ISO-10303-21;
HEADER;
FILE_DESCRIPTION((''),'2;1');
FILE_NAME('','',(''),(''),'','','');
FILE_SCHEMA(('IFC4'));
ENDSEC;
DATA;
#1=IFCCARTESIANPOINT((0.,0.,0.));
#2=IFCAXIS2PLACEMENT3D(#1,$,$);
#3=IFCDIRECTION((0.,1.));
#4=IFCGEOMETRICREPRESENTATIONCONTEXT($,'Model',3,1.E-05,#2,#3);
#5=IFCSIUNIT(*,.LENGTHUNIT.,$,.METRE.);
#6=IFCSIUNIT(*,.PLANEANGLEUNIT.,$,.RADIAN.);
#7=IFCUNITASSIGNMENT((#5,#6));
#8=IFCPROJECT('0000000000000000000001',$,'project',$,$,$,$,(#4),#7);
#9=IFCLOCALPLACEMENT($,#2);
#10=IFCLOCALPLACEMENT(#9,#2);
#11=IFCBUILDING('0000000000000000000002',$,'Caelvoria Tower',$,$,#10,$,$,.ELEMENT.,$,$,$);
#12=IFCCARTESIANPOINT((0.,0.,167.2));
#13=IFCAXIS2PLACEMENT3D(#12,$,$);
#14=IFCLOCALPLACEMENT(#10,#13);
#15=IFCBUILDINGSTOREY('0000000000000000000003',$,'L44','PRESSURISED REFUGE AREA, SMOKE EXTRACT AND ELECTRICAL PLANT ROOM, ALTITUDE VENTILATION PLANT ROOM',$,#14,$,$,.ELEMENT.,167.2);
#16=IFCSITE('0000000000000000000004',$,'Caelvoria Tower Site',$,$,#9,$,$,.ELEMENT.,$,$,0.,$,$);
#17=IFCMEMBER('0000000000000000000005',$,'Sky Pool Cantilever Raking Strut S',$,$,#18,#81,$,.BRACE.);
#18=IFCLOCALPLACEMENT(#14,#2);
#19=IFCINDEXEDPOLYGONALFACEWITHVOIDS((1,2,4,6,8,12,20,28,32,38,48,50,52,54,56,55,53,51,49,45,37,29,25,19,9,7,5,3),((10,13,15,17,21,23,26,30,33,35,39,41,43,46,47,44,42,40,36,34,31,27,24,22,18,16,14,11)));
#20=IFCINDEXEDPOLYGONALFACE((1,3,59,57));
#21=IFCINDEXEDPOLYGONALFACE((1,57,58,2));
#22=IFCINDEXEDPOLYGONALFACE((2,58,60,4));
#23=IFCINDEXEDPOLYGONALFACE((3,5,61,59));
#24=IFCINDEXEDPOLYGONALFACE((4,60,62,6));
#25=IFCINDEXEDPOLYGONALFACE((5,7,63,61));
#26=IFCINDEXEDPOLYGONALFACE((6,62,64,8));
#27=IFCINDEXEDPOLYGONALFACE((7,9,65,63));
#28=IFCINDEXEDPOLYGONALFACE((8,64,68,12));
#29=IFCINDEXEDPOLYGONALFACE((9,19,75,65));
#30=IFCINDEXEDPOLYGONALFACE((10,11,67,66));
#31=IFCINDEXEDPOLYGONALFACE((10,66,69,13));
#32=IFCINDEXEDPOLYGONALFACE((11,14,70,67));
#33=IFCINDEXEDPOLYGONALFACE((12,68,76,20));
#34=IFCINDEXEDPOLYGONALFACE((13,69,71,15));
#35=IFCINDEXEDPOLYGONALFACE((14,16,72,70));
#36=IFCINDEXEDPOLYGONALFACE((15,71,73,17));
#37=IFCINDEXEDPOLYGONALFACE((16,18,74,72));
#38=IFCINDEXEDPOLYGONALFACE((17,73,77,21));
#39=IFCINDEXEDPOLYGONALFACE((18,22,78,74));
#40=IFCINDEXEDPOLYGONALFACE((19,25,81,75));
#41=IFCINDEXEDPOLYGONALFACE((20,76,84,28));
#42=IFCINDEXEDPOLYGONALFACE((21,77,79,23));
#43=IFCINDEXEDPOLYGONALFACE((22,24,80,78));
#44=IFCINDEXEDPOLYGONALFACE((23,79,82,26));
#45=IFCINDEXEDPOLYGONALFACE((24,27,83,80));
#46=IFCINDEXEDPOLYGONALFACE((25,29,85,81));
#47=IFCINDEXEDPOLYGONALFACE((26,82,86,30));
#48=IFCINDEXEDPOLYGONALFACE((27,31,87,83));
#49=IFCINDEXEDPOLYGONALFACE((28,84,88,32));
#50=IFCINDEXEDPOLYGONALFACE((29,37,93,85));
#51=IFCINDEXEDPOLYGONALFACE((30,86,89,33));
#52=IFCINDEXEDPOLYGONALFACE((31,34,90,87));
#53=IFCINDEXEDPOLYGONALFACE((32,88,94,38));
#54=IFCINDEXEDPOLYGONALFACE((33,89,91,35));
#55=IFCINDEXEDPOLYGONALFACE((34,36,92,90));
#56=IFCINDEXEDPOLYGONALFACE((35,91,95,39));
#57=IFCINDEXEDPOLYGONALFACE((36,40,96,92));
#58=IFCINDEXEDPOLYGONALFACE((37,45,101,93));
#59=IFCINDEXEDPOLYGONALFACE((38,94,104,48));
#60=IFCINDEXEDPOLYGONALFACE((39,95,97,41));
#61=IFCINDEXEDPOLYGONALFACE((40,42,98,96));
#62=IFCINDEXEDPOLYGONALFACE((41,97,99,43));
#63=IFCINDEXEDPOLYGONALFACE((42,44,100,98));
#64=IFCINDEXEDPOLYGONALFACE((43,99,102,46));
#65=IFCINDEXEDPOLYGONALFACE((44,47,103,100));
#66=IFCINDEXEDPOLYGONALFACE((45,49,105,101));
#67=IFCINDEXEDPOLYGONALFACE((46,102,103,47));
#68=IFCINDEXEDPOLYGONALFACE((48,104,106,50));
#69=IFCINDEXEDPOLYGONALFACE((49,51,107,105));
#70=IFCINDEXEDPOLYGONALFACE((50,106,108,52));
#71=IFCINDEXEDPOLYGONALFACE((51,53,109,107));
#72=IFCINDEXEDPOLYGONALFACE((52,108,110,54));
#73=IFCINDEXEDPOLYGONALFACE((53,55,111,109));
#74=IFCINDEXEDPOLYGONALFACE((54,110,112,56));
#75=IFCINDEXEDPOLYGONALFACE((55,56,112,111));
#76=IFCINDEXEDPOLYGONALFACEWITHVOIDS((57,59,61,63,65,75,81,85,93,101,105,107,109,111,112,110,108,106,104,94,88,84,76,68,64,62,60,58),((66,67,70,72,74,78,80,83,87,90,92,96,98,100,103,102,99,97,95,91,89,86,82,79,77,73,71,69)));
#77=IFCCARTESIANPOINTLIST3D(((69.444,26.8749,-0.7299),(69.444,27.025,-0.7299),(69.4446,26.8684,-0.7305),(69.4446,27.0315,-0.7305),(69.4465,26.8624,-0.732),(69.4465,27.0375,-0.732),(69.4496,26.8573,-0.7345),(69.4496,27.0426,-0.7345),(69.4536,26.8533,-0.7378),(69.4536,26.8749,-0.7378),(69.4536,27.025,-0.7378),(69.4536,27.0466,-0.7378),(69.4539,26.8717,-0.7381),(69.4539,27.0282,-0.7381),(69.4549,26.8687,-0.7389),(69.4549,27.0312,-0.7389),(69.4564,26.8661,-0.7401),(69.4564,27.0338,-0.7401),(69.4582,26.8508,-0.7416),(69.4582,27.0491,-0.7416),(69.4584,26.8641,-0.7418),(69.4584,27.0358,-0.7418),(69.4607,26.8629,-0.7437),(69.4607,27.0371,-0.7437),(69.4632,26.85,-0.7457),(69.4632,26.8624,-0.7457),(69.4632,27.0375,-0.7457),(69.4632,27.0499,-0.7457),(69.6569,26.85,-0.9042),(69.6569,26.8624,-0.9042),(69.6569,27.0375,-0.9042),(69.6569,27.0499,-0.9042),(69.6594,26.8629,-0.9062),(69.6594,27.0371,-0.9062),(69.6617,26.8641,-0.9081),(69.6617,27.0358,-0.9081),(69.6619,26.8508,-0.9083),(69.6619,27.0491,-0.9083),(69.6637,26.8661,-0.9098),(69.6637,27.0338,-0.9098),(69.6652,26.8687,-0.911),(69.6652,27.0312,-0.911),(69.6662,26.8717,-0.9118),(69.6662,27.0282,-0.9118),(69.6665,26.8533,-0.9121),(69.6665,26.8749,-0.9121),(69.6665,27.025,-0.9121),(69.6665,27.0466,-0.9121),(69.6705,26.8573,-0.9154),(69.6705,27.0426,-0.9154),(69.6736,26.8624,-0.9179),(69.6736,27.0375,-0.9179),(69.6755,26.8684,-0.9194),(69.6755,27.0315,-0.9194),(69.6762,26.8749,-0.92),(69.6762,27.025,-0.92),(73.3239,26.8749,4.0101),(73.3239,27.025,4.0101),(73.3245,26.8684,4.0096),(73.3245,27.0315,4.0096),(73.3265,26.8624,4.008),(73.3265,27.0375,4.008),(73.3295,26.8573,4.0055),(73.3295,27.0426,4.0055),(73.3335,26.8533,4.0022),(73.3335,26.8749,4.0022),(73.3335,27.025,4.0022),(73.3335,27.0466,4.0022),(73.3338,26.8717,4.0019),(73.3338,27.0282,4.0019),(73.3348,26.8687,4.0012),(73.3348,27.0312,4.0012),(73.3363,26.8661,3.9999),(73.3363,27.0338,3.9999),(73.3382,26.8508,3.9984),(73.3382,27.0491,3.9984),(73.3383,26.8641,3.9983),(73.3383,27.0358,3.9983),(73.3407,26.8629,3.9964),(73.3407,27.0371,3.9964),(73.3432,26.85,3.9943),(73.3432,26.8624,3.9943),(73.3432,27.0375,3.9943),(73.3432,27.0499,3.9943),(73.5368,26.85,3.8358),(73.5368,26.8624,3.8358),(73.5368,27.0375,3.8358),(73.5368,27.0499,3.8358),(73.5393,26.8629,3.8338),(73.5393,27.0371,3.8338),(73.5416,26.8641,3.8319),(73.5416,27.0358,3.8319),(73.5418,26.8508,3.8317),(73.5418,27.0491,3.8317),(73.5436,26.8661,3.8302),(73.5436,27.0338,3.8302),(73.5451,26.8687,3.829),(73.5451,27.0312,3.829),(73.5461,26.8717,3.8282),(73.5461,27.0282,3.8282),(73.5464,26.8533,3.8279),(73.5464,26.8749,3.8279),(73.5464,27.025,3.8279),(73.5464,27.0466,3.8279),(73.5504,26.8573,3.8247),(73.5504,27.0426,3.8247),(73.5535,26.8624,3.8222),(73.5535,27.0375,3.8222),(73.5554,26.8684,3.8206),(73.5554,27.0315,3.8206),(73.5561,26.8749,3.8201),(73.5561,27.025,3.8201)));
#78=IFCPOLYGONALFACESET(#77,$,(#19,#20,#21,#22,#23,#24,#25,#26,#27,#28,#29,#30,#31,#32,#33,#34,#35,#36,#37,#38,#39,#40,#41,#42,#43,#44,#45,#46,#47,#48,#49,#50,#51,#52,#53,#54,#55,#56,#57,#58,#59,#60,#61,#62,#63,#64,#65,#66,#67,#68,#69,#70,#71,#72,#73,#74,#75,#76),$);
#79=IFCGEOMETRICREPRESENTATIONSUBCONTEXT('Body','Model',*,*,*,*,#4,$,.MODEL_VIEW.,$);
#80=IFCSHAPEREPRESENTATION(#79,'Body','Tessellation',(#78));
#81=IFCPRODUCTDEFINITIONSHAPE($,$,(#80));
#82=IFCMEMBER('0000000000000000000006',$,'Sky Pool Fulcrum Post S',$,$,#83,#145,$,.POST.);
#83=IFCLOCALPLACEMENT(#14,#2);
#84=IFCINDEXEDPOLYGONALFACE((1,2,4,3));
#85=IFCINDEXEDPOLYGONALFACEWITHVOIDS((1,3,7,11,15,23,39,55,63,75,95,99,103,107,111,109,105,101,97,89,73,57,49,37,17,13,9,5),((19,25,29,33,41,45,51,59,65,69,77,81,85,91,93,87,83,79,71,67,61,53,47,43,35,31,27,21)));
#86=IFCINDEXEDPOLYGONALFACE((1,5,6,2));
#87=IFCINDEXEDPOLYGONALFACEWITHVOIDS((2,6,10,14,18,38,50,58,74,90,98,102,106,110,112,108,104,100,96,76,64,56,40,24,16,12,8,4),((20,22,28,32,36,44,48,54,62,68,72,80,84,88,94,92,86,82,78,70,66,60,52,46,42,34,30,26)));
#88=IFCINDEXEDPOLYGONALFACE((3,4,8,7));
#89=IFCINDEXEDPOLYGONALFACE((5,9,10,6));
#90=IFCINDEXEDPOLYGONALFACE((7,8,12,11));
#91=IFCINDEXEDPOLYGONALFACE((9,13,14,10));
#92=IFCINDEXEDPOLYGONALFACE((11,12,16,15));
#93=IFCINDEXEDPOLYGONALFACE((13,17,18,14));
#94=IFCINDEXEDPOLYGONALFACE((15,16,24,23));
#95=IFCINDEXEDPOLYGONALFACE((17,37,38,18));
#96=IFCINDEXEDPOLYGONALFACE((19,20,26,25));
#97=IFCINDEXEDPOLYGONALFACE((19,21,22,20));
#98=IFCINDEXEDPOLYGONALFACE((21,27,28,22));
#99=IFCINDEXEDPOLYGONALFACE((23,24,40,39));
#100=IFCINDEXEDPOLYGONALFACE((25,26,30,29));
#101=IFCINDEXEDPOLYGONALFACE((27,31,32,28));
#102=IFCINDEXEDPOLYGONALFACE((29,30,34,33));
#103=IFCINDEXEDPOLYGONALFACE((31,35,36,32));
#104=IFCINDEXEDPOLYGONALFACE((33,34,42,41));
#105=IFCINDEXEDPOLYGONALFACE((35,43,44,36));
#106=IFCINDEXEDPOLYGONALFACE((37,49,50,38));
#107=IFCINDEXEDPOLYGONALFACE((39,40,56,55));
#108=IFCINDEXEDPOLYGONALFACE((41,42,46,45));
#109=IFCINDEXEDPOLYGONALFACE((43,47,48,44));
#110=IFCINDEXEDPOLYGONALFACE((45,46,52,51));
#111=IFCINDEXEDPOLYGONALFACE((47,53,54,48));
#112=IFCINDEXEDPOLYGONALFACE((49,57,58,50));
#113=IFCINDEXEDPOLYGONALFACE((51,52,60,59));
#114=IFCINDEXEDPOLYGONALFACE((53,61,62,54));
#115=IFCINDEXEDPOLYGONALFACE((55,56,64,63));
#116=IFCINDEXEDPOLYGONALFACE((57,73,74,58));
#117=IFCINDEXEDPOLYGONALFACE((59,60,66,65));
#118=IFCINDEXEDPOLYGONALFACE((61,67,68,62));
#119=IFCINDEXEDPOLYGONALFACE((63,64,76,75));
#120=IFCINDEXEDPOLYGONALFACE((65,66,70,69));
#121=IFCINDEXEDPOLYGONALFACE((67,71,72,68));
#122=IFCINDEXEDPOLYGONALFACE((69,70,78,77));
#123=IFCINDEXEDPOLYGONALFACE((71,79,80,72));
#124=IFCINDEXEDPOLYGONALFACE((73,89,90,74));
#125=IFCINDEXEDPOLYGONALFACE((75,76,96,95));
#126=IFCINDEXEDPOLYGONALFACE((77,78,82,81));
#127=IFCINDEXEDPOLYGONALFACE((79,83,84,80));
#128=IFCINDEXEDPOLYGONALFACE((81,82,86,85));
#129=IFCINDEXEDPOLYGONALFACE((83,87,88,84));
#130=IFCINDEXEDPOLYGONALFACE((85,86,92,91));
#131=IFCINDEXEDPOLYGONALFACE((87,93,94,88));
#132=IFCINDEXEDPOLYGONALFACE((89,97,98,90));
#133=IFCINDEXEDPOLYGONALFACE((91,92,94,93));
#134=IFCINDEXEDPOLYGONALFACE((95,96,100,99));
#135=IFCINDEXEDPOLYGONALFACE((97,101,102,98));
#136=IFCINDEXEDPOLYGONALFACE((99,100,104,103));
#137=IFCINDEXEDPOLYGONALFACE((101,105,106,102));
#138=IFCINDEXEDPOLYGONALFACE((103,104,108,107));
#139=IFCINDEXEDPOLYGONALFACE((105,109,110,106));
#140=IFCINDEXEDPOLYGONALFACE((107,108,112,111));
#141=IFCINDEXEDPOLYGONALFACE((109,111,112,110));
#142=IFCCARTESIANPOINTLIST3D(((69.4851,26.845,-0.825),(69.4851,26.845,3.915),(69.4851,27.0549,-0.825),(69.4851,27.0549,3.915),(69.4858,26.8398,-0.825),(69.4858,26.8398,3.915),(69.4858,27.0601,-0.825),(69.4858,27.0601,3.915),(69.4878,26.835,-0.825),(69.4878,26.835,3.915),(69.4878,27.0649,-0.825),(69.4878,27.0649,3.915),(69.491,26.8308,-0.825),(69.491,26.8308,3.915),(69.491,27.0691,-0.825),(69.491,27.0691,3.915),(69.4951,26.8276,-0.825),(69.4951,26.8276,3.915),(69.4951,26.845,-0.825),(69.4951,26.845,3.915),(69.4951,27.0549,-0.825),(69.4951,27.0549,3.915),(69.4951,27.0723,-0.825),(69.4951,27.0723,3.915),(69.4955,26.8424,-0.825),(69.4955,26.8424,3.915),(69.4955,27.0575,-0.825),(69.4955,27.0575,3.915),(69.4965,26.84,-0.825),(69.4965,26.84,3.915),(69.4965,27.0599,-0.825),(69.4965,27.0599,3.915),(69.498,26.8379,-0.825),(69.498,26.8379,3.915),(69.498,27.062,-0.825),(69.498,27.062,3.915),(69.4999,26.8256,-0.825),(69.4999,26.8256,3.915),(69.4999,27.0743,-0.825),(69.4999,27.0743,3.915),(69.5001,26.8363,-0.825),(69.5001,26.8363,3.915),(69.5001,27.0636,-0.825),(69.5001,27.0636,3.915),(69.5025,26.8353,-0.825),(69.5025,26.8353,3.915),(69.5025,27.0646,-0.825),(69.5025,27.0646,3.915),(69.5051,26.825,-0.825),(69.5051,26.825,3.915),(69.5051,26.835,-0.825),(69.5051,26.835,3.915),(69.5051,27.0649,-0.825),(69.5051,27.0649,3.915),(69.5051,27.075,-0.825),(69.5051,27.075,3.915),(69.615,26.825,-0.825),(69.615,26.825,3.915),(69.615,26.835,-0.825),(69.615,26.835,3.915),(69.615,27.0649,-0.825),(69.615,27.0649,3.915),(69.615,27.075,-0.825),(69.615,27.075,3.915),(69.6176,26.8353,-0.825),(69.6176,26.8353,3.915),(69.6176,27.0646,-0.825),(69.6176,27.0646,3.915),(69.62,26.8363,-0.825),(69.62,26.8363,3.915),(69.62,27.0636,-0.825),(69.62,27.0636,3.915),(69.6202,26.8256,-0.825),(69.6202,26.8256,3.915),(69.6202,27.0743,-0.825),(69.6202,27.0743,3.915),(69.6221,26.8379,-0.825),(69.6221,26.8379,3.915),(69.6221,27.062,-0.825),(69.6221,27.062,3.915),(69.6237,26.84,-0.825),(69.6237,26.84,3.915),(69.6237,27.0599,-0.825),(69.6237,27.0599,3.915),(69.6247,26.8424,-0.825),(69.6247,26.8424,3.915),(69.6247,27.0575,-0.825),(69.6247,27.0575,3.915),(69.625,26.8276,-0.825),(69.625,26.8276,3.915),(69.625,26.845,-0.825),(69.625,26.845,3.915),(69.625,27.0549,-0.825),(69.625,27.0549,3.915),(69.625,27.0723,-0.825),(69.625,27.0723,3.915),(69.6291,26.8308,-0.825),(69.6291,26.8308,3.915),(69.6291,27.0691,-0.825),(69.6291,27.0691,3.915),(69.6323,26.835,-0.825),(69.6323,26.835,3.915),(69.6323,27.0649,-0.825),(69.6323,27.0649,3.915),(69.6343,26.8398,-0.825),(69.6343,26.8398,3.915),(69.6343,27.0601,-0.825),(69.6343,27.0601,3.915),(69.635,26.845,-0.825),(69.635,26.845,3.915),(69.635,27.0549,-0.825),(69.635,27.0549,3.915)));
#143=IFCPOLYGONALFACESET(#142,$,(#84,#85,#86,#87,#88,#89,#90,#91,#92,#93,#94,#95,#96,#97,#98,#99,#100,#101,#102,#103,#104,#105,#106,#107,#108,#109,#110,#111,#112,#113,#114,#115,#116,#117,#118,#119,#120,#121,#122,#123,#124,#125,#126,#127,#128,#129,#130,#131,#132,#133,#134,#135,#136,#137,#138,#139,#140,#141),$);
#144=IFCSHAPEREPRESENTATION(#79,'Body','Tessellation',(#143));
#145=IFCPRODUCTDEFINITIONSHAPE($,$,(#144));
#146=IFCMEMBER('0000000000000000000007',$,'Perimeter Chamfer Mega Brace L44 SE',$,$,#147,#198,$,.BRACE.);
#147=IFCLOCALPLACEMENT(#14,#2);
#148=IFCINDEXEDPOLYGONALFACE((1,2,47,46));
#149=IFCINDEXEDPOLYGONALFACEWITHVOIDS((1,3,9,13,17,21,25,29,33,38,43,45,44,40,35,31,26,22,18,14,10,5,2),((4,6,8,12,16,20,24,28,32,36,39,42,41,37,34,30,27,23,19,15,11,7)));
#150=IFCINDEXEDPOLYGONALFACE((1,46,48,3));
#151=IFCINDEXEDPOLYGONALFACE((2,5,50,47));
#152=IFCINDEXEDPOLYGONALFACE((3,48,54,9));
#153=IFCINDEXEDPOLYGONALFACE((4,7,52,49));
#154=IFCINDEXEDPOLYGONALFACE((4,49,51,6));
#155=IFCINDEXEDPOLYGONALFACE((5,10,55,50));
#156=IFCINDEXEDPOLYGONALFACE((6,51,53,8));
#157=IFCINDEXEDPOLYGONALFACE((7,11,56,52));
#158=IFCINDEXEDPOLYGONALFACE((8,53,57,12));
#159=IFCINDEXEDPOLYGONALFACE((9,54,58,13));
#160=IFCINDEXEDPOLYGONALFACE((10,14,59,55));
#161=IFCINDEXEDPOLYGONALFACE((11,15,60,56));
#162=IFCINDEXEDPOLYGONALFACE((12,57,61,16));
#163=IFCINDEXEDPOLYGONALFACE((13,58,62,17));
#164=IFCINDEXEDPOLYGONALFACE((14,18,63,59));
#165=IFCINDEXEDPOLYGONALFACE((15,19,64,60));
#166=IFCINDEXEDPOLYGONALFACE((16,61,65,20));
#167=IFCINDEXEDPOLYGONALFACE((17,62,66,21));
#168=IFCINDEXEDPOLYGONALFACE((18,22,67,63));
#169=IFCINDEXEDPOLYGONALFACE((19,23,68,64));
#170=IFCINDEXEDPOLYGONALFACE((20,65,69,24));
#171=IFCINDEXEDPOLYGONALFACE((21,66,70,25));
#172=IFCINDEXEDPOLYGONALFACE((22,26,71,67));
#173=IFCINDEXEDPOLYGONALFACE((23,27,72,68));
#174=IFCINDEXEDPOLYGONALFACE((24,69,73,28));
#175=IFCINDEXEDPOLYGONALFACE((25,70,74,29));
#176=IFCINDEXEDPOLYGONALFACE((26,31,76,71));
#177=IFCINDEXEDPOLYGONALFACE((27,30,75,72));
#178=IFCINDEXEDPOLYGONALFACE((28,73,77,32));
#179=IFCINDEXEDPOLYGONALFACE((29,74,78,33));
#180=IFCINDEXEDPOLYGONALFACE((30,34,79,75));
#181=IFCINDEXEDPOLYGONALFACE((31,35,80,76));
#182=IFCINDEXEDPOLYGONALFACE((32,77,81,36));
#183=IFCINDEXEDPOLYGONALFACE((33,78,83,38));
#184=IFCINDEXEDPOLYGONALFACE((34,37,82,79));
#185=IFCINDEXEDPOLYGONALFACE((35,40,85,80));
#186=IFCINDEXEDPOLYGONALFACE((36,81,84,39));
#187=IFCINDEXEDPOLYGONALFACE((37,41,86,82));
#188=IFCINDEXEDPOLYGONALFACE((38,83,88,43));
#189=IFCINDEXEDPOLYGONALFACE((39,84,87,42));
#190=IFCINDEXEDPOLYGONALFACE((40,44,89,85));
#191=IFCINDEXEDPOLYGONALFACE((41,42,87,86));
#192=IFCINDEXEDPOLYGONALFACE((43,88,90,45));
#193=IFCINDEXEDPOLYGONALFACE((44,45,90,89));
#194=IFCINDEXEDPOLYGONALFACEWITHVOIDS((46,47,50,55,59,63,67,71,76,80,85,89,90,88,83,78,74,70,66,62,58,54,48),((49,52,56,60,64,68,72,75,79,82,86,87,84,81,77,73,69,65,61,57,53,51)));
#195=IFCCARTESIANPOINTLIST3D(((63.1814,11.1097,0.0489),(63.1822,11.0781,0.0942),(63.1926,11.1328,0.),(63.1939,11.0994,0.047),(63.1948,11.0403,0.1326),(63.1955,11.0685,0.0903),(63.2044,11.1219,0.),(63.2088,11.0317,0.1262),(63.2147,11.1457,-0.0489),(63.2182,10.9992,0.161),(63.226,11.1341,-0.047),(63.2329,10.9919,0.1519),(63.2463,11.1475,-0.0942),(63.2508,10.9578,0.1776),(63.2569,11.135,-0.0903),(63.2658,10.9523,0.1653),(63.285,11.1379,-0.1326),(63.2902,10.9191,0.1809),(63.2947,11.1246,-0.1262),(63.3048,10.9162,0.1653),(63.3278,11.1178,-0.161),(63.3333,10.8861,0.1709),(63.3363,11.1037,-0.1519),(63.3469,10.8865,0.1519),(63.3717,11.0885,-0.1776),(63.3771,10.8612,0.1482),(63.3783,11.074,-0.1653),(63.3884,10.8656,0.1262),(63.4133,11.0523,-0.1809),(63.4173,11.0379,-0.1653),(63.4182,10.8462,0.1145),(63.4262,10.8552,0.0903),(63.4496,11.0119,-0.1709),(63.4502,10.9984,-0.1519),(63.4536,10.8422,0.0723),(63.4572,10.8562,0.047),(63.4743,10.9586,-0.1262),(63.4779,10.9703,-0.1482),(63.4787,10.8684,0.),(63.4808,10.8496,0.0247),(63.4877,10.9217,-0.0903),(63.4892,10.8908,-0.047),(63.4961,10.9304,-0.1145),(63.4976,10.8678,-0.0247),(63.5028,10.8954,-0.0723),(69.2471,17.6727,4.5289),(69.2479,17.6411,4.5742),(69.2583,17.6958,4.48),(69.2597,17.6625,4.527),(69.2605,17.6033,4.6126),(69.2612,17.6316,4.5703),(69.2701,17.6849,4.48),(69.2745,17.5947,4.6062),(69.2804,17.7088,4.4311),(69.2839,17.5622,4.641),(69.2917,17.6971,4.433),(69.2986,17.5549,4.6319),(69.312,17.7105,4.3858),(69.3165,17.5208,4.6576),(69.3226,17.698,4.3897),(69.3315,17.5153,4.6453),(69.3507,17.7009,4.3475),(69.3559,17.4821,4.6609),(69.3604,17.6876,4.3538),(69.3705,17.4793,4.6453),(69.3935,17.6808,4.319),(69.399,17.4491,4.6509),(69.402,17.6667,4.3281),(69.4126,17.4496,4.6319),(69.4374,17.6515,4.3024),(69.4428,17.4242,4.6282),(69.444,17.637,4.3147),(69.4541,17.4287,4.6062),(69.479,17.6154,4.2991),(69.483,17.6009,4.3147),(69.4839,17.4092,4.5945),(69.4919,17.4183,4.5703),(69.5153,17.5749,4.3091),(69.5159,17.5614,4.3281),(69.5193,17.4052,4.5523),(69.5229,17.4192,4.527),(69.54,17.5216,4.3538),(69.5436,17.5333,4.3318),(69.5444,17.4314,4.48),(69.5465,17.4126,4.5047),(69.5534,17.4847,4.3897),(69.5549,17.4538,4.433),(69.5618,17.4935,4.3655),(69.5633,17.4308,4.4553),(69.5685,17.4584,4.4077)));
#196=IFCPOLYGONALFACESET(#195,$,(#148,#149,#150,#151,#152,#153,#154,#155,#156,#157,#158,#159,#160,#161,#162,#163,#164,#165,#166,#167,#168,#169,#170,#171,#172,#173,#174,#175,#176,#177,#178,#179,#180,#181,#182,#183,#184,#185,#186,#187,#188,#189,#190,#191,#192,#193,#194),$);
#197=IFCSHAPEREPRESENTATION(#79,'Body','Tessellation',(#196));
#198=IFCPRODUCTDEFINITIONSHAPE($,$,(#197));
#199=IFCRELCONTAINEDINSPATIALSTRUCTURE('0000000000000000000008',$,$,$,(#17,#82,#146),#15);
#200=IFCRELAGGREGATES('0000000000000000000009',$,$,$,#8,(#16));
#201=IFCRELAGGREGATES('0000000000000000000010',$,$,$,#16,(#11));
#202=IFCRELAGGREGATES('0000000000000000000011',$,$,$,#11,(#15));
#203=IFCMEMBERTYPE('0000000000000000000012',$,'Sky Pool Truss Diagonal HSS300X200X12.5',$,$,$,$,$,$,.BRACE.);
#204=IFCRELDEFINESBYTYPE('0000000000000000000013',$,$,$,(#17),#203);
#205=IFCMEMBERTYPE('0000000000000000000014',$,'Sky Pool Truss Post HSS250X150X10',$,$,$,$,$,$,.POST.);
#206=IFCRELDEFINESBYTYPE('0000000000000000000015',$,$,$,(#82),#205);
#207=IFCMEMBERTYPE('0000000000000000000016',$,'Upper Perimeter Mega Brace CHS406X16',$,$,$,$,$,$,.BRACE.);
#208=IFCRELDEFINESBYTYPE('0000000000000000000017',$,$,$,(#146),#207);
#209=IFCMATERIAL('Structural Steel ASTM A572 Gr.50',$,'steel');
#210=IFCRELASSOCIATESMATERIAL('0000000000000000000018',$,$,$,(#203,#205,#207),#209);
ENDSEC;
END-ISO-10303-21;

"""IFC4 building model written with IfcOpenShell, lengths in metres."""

from ifc_helpers import new_model, si_unit, direction, frame, origin, origin_2d, place, context, subcontext, project, spatial, hollow_rectangle, hollow_circle, extrude, material, material_profile, profile_set, type_object, element, save


model = new_model("IFC4")

# Units and contexts
model_context = context("Model", 3, precision=1e-05, world=origin(), true_north=direction((0.0, 1.0)))
body_context = subcontext(model_context, "Body", "Model", "MODEL_VIEW")
ifc_project = project(units=[si_unit("LENGTHUNIT", "METRE"), si_unit("PLANEANGLEUNIT", "RADIAN")], contexts=[model_context])

# Site, building, storey
site_placement = place(None, origin())
site = spatial("IfcSite", under=ifc_project, at=site_placement, Name="Caelvoria Tower Site", CompositionType="ELEMENT", RefElevation=0.0)
building_placement = place(site_placement, origin())
building = spatial("IfcBuilding", under=site, at=building_placement, Name="Caelvoria Tower", CompositionType="ELEMENT")
storey_placement = place(building_placement, frame((0.0, 0.0, 167.2)))
storey = spatial("IfcBuildingStorey", under=building, at=storey_placement, Name="L44", Description="PRESSURISED REFUGE AREA, SMOKE EXTRACT AND ELECTRICAL PLANT ROOM, ALTITUDE VENTILATION PLANT ROOM", CompositionType="ELEMENT", Elevation=167.2)

# Shared definitions
ifc_material_1 = material(Name="Structural Steel ASTM A572 Gr.50", Category="steel")

# Members
ifc_material_profile_1 = material_profile(ifc_material_1, hollow_rectangle(XDim=0.2, YDim=0.3, WallThickness=0.0125, InnerFilletRadius=0.0125, OuterFilletRadius=0.0249, at=origin_2d()), Name="Structural Steel ASTM A572 Gr.50")
ifc_profile_set_1 = profile_set([ifc_material_profile_1], Name="HSS300X200X12.5 - Structural Steel ASTM A572 Gr.50")
member_type_1 = type_object("IfcMemberType", Name="Sky Pool Truss Diagonal HSS300X200X12.5", PredefinedType="BRACE", material=ifc_profile_set_1)
member_1_placement = place(storey_placement, frame((69.5601, 26.95, -0.825), z_axis=(0.633405, 0.0, 0.773821), x_axis=(0.0, 1.0, 0.0)))
element("IfcMember", 1, at=member_1_placement, inside=storey, type_object=member_type_1, Name="Sky Pool Cantilever Raking Strut S", PredefinedType="BRACE", context=body_context, shape_type="SweptSolid", body=[
    extrude(hollow_rectangle(XDim=0.2, YDim=0.3, WallThickness=0.0125, InnerFilletRadius=0.0125, OuterFilletRadius=0.0249, at=origin_2d()), origin(), (0.0, 0.0, 1.0), 6.1255),
])
ifc_material_profile_2 = material_profile(ifc_material_1, hollow_rectangle(XDim=0.1499, YDim=0.25, WallThickness=0.01, InnerFilletRadius=0.01, OuterFilletRadius=0.02, at=origin_2d()), Name="Structural Steel ASTM A572 Gr.50")
ifc_profile_set_2 = profile_set([ifc_material_profile_2], Name="HSS250X150X10 - Structural Steel ASTM A572 Gr.50")
member_type_2 = type_object("IfcMemberType", Name="Sky Pool Truss Post HSS250X150X10", PredefinedType="POST", material=ifc_profile_set_2)
member_2_placement = place(storey_placement, frame((69.5601, 26.95, -0.825), z_axis=(0.0, 0.0, 1.0), x_axis=(1.0, 0.0, 0.0)))
element("IfcMember", 2, at=member_2_placement, inside=storey, type_object=member_type_2, Name="Sky Pool Fulcrum Post S", PredefinedType="POST", context=body_context, shape_type="SweptSolid", body=[
    extrude(hollow_rectangle(XDim=0.1499, YDim=0.25, WallThickness=0.01, InnerFilletRadius=0.01, OuterFilletRadius=0.02, at=origin_2d()), origin(), (0.0, 0.0, 1.0), 4.74),
])
ifc_material_profile_3 = material_profile(ifc_material_1, hollow_circle(Radius=0.2029, WallThickness=0.0161, at=origin_2d()), Name="Structural Steel ASTM A572 Gr.50")
ifc_profile_set_3 = profile_set([ifc_material_profile_3], Name="CHS406X16 - Structural Steel ASTM A572 Gr.50")
member_type_3 = type_object("IfcMemberType", Name="Upper Perimeter Mega Brace CHS406X16", PredefinedType="BRACE", material=ifc_profile_set_3)
member_3_placement = place(storey_placement, frame((63.3416, 10.9951, 0.0), z_axis=(0.606763, 0.656511, 0.448143), x_axis=(-0.734383, 0.678735, 0.0)))
element("IfcMember", 3, at=member_3_placement, inside=storey, type_object=member_type_3, Name="Perimeter Chamfer Mega Brace L44 SE", PredefinedType="BRACE", context=body_context, shape_type="SweptSolid", body=[
    extrude(hollow_circle(Radius=0.2029, WallThickness=0.0161, at=origin_2d()), origin(), (0.0, 0.0, 1.0), 9.9968),
])

save(model, "model.ifc")
